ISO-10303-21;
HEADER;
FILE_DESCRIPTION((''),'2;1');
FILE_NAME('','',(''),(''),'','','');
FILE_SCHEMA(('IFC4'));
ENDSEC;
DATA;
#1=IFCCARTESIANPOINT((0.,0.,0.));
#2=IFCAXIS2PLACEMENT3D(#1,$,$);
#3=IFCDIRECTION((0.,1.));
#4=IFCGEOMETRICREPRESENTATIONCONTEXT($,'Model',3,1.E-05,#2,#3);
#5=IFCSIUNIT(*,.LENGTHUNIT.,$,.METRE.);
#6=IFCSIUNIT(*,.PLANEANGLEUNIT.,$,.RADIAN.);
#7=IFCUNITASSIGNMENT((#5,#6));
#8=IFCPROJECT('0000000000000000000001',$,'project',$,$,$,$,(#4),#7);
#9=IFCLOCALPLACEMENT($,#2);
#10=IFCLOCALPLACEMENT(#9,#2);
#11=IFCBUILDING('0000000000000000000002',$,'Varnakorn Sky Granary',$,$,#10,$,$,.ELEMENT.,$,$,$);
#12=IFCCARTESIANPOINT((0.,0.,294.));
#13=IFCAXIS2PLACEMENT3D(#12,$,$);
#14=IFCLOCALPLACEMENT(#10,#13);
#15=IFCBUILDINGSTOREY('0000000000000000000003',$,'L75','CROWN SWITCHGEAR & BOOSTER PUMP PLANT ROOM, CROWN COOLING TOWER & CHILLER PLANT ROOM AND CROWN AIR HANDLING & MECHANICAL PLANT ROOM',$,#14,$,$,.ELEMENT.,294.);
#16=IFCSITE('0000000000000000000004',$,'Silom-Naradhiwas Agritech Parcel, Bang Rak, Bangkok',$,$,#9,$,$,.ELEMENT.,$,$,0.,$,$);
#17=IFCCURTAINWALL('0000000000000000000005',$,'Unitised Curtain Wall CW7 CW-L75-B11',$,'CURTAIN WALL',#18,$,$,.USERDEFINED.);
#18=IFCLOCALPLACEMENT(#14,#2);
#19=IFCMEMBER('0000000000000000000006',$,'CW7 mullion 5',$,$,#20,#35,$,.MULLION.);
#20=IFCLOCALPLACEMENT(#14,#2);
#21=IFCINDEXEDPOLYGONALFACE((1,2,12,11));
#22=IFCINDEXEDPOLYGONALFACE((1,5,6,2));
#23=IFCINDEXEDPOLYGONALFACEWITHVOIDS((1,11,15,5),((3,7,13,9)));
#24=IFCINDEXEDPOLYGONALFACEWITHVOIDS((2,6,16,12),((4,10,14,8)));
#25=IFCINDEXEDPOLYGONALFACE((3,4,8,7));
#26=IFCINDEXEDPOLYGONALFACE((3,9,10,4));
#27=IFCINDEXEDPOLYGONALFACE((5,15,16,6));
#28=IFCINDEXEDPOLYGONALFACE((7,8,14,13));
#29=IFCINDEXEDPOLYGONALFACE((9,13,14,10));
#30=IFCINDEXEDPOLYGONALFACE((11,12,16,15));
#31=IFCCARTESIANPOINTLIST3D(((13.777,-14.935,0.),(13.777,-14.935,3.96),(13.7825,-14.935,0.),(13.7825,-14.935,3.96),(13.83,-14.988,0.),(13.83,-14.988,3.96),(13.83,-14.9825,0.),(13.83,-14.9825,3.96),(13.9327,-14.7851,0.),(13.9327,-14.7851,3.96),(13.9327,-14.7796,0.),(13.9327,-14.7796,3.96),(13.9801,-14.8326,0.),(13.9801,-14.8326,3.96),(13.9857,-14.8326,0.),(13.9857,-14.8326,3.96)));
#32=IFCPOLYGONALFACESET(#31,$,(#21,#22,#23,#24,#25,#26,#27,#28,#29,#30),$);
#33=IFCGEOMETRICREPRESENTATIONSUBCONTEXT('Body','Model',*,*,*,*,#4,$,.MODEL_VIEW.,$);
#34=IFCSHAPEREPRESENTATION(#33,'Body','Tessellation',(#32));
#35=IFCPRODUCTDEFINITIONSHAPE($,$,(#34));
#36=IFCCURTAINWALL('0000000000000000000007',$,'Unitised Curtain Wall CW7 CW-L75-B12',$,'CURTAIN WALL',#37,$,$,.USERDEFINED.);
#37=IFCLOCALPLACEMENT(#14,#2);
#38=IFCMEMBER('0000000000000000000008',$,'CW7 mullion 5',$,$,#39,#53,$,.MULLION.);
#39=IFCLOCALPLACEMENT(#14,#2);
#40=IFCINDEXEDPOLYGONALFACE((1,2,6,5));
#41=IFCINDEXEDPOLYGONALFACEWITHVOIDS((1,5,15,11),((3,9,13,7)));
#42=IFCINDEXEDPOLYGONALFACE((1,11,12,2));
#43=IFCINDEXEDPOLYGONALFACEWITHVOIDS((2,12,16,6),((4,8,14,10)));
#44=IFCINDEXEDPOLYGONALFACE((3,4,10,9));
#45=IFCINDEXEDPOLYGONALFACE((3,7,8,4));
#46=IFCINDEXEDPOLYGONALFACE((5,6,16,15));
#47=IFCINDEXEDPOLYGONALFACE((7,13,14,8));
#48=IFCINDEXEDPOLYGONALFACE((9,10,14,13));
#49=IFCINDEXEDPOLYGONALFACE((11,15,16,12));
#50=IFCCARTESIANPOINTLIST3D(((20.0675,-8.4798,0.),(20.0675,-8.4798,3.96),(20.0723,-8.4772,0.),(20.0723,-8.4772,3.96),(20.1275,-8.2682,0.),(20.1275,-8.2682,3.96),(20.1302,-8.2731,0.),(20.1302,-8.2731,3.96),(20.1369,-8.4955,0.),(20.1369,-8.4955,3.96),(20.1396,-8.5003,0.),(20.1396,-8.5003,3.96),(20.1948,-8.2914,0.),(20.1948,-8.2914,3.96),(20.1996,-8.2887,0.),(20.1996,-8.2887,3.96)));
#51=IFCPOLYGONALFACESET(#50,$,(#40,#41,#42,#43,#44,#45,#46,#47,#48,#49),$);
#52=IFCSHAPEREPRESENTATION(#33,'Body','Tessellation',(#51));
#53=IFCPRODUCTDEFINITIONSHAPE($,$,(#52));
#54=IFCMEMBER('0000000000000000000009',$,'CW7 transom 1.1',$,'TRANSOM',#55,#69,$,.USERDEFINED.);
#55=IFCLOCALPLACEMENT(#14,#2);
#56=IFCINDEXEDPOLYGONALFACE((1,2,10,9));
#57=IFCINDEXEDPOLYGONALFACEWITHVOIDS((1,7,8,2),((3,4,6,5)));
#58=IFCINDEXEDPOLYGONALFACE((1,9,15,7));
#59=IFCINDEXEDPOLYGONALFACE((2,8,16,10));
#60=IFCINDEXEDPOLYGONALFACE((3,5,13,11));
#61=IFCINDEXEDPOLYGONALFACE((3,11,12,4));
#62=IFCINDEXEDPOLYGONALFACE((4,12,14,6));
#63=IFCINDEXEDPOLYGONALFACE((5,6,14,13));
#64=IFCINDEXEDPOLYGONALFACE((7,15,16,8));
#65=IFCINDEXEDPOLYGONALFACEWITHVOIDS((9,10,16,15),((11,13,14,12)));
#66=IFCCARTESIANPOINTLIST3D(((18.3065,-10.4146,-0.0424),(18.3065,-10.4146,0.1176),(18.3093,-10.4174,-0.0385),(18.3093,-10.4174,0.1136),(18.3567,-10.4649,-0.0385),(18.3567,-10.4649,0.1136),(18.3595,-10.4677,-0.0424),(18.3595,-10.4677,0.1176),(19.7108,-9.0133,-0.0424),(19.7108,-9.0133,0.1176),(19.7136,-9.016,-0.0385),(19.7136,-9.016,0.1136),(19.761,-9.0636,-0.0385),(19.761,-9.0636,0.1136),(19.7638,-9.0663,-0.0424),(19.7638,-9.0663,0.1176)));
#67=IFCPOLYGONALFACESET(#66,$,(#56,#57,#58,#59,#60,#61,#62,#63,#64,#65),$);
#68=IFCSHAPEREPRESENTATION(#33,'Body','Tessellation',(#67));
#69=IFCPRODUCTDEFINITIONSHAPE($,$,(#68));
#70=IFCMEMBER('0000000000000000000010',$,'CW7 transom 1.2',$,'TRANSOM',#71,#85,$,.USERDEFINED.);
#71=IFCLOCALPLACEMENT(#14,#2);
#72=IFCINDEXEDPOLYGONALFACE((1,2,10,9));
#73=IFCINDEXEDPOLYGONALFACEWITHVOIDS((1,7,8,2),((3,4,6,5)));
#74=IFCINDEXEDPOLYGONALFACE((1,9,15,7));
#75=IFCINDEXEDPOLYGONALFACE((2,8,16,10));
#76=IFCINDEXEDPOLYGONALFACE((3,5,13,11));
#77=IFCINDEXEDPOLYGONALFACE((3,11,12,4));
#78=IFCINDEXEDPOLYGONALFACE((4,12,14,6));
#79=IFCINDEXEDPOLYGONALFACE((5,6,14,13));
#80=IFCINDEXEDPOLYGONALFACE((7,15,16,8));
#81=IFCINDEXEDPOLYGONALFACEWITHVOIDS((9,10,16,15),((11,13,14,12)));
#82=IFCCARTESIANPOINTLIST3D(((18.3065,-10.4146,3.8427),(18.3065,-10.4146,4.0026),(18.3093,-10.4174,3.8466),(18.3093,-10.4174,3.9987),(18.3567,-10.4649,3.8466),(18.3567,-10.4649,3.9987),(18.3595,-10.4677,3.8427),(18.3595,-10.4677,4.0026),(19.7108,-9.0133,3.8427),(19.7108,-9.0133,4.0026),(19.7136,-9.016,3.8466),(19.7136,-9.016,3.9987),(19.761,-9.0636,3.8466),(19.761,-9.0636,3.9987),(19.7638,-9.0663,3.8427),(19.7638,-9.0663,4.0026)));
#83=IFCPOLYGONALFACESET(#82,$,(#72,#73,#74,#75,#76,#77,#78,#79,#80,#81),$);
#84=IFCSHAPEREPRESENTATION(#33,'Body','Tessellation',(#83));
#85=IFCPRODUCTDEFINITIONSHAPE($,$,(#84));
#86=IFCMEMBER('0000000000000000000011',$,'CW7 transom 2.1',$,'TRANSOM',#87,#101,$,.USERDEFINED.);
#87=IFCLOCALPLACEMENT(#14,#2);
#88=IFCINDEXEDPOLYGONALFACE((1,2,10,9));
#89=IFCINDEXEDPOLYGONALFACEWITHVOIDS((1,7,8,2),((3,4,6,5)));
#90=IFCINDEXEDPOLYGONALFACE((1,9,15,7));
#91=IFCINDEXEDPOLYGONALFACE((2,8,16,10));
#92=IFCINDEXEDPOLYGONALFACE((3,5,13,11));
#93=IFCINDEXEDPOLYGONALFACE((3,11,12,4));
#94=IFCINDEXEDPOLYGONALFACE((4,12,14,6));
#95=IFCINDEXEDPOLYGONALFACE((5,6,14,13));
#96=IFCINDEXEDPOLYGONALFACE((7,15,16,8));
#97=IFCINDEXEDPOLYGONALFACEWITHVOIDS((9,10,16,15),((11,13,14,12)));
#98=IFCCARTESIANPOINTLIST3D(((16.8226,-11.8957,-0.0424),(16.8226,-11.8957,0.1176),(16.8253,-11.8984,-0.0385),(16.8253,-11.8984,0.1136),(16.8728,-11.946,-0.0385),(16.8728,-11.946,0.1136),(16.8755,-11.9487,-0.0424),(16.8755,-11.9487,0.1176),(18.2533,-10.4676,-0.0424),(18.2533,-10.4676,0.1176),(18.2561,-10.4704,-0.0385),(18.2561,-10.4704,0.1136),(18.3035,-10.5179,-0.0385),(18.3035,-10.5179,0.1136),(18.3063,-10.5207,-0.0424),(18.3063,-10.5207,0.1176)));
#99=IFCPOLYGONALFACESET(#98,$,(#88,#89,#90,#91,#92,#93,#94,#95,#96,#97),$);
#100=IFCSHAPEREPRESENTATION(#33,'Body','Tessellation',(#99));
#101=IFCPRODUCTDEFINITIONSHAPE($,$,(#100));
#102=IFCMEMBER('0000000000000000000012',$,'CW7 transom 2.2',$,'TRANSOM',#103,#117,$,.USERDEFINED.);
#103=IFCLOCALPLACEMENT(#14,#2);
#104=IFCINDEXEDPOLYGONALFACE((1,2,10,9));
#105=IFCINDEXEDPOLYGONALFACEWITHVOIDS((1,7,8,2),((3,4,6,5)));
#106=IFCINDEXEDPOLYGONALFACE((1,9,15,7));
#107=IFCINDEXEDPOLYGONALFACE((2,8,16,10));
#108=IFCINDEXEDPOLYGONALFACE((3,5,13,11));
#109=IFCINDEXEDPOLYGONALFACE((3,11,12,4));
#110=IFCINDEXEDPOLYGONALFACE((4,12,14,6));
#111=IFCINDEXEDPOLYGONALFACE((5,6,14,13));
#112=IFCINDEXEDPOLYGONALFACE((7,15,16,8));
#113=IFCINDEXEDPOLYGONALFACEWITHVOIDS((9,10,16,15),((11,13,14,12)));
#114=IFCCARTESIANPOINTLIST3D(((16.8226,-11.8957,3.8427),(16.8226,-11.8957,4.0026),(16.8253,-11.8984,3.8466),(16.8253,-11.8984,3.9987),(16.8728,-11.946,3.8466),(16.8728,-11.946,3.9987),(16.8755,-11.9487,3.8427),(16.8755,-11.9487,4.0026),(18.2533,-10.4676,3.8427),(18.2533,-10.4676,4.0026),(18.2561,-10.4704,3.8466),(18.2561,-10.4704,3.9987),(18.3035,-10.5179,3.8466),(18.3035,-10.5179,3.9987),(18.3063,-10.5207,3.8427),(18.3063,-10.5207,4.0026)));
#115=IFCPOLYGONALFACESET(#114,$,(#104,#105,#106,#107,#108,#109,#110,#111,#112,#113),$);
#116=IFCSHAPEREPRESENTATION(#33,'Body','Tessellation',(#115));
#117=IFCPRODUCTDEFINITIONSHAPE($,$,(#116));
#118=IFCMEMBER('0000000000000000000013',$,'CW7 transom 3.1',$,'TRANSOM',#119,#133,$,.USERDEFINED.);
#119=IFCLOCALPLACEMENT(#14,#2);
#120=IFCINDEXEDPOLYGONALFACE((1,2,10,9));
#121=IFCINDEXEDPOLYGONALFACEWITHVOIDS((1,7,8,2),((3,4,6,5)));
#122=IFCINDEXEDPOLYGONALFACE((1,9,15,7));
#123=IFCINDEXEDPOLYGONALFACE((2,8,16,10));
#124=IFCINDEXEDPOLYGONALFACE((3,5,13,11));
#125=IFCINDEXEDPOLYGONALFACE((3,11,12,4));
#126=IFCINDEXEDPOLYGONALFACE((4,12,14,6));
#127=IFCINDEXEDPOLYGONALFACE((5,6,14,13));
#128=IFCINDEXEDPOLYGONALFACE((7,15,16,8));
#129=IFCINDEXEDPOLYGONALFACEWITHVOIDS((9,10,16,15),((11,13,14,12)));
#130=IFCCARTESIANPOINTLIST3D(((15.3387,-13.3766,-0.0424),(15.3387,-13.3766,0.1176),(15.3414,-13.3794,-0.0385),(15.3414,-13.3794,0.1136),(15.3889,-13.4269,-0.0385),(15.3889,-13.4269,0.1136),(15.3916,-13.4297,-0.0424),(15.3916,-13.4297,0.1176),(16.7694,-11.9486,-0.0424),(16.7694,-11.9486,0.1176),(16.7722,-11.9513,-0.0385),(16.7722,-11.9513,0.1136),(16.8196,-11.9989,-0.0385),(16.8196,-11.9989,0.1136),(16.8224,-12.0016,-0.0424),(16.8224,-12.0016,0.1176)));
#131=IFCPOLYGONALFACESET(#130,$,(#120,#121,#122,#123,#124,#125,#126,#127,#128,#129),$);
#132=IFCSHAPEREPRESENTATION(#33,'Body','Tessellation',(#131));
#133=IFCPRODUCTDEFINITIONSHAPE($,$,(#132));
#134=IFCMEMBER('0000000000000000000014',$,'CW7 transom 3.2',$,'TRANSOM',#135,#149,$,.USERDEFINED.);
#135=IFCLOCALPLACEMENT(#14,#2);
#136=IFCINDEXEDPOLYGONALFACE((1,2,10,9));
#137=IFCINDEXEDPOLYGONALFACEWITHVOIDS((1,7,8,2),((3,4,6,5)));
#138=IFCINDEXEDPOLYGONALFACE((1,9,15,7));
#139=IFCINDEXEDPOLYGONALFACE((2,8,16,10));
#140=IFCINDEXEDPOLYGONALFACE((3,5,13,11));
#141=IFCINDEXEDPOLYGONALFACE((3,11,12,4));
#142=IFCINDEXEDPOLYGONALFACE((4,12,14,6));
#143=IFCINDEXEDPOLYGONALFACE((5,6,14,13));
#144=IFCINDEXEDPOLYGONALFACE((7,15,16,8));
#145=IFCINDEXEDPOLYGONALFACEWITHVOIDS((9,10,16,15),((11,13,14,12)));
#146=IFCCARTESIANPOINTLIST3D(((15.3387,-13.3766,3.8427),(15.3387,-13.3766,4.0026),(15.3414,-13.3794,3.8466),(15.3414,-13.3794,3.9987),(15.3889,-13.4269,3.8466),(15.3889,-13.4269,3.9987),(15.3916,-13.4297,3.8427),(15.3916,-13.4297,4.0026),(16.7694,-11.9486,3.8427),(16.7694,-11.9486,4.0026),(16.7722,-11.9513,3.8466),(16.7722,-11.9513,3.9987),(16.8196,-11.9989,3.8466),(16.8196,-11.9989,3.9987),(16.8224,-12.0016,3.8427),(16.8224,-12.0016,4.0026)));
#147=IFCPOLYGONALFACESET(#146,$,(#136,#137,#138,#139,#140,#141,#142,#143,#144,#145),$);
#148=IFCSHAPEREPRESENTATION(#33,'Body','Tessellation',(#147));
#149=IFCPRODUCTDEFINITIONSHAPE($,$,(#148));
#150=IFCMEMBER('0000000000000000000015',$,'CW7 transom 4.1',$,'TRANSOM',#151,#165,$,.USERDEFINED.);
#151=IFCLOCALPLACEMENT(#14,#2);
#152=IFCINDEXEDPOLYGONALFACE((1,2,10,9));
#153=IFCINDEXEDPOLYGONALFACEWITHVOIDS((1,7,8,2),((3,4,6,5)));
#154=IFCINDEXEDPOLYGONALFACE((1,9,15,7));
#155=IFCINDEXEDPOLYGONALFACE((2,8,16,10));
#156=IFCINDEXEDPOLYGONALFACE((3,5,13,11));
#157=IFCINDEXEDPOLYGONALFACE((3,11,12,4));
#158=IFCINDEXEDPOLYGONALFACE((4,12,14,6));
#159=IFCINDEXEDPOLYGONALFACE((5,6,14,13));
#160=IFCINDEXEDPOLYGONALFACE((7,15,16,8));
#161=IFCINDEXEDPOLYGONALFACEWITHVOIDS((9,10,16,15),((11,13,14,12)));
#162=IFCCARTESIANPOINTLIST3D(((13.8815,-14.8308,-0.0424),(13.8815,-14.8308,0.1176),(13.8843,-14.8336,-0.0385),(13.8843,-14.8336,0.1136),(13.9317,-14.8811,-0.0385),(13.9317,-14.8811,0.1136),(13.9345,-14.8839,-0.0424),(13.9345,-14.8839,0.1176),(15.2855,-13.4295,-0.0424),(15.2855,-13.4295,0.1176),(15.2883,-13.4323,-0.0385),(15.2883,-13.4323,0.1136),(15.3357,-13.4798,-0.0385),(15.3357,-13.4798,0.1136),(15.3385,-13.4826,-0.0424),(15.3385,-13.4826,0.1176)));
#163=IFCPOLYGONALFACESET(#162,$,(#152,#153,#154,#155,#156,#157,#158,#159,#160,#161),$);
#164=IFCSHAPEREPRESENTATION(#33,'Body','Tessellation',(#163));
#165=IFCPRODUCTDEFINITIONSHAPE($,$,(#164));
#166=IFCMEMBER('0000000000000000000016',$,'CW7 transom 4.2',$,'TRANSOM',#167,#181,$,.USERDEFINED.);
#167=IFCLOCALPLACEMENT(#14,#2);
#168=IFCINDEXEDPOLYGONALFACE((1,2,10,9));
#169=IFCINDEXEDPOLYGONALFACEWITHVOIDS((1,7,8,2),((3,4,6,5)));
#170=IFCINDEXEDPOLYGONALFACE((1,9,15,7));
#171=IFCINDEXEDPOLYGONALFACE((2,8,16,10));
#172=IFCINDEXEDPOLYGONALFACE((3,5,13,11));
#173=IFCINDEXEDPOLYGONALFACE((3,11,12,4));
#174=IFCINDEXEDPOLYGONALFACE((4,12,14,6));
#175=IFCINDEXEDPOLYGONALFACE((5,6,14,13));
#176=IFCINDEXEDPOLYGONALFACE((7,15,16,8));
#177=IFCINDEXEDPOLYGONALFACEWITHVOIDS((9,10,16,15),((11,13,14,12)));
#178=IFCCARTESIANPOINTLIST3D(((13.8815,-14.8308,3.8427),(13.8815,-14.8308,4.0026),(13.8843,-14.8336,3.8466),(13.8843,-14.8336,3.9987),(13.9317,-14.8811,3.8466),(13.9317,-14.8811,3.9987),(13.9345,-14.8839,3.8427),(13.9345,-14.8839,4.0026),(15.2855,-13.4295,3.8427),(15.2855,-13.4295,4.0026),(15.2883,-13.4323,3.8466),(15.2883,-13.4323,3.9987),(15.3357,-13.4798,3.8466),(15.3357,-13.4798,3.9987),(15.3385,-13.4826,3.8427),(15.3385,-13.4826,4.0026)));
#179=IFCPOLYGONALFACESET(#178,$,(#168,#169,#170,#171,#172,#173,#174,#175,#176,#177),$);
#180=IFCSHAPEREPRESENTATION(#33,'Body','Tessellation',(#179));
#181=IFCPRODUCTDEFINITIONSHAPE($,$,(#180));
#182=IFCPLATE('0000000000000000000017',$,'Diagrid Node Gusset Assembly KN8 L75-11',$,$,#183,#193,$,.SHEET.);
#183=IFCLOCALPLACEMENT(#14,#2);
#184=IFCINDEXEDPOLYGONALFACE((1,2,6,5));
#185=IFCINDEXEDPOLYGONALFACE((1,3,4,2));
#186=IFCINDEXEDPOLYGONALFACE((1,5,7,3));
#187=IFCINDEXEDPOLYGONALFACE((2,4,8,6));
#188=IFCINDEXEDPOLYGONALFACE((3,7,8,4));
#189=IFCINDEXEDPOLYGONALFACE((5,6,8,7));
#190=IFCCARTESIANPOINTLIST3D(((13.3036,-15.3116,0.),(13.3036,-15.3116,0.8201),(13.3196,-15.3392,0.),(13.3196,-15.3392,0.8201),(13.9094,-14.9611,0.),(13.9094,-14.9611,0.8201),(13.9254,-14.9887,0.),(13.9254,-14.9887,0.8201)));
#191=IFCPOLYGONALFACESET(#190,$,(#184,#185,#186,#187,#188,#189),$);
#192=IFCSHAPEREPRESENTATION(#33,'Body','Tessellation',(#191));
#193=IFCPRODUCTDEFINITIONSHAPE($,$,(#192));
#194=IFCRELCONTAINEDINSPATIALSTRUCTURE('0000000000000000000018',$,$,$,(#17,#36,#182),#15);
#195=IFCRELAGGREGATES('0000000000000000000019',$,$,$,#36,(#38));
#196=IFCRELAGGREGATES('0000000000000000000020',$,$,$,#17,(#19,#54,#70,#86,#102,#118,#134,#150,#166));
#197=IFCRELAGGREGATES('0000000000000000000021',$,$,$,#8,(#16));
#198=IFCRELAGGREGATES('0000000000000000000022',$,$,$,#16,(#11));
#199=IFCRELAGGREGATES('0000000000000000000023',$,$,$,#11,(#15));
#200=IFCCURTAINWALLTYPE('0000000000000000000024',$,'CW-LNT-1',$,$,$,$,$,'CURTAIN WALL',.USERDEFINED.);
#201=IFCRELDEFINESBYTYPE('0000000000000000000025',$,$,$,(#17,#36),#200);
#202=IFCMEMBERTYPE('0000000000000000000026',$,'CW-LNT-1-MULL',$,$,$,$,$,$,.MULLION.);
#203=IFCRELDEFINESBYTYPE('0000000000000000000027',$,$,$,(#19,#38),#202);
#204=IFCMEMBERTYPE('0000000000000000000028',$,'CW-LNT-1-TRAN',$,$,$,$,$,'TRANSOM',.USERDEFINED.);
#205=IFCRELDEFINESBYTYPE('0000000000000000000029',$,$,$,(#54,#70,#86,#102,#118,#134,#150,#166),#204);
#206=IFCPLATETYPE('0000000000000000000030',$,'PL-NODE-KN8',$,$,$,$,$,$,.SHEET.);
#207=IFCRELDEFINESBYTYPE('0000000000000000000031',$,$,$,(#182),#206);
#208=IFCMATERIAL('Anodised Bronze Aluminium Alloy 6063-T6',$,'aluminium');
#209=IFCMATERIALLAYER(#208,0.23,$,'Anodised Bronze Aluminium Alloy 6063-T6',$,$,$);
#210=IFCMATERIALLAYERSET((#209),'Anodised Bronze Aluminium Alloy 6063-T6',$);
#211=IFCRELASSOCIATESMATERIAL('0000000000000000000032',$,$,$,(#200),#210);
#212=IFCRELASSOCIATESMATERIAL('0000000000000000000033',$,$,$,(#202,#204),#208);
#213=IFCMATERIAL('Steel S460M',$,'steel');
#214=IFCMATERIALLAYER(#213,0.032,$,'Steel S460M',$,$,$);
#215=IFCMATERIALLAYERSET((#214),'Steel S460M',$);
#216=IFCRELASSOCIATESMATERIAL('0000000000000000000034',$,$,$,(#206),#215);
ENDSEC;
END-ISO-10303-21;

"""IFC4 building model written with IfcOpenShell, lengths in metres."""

from ifc_helpers import new_model, si_unit, direction, frame, origin, origin_2d, place, context, subcontext, project, spatial, rectangle, hollow_rectangle, extrude, material, layer, layer_set, material_profile, profile_set, type_object, element, aggregate, save


model = new_model("IFC4")

# Units and contexts
model_context = context("Model", 3, precision=1e-05, world=origin(), true_north=direction((0.0, 1.0)))
body_context = subcontext(model_context, "Body", "Model", "MODEL_VIEW")
ifc_project = project(units=[si_unit("LENGTHUNIT", "METRE"), si_unit("PLANEANGLEUNIT", "RADIAN")], contexts=[model_context])

# Site, building, storey
site_placement = place(None, origin())
site = spatial("IfcSite", under=ifc_project, at=site_placement, Name="Silom-Naradhiwas Agritech Parcel, Bang Rak, Bangkok", CompositionType="ELEMENT", RefElevation=0.0)
building_placement = place(site_placement, origin())
building = spatial("IfcBuilding", under=site, at=building_placement, Name="Varnakorn Sky Granary", CompositionType="ELEMENT")
storey_placement = place(building_placement, frame((0.0, 0.0, 294.0)))
storey = spatial("IfcBuildingStorey", under=building, at=storey_placement, Name="L75", Description="CROWN SWITCHGEAR & BOOSTER PUMP PLANT ROOM, CROWN COOLING TOWER & CHILLER PLANT ROOM AND CROWN AIR HANDLING & MECHANICAL PLANT ROOM", CompositionType="ELEMENT", Elevation=294.0)

# Shared definitions
ifc_material_1 = material(Name="Steel S460M", Category="steel")

# Curtain wall, member
ifc_material_2 = material(Name="Anodised Bronze Aluminium Alloy 6063-T6", Category="aluminium")
ifc_layer_1 = layer(ifc_material_2, 0.23, Name="Anodised Bronze Aluminium Alloy 6063-T6")
ifc_layer_set_1 = layer_set([ifc_layer_1], Name="Anodised Bronze Aluminium Alloy 6063-T6")
curtain_wall_type = type_object("IfcCurtainWallType", Name="CW-LNT-1", ElementType="CURTAIN WALL", PredefinedType="USERDEFINED", material=ifc_layer_set_1)
curtain_wall_1_placement = place(storey_placement, origin())
curtain_wall_1 = element("IfcCurtainWall", 1, at=curtain_wall_1_placement, inside=storey, type_object=curtain_wall_type, Name="Unitised Curtain Wall CW7 CW-L75-B11", ObjectType="CURTAIN WALL", PredefinedType="USERDEFINED")
ifc_material_profile_1 = material_profile(ifc_material_2, hollow_rectangle(XDim=0.075, YDim=0.22, WallThickness=0.0039, at=origin_2d()), Name="ALU MULL 75x220")
ifc_profile_set_1 = profile_set([ifc_material_profile_1], Name="Anodised Bronze Aluminium Alloy 6063-T6")
member_type_1 = type_object("IfcMemberType", Name="CW-LNT-1-MULL", PredefinedType="MULLION", material=ifc_profile_set_1)
member_1_placement = place(storey_placement, frame((13.8813, -14.8838, 0.0), z_axis=(0.0, 0.0, 1.0), x_axis=(0.706397, -0.707816, 0.0)))
member_1 = element("IfcMember", 2, at=member_1_placement, type_object=member_type_1, Name="CW7 mullion 5", PredefinedType="MULLION", context=body_context, shape_type="SweptSolid", body=[
    extrude(hollow_rectangle(XDim=0.075, YDim=0.22, WallThickness=0.0039, at=origin_2d()), origin(), (0.0, 0.0, 1.0), 3.96),
])

# Curtain wall, member
curtain_wall_2_placement = place(storey_placement, origin())
curtain_wall_2 = element("IfcCurtainWall", 3, at=curtain_wall_2_placement, inside=storey, type_object=curtain_wall_type, Name="Unitised Curtain Wall CW7 CW-L75-B12", ObjectType="CURTAIN WALL", PredefinedType="USERDEFINED")
member_2_placement = place(storey_placement, frame((20.1335, -8.3843, 0.0), z_axis=(0.0, 0.0, 1.0), x_axis=(0.961978, -0.273126, 0.0)))
member_2 = element("IfcMember", 4, at=member_2_placement, type_object=member_type_1, Name="CW7 mullion 5", PredefinedType="MULLION", context=body_context, shape_type="SweptSolid", body=[
    extrude(hollow_rectangle(XDim=0.075, YDim=0.22, WallThickness=0.0039, at=origin_2d()), origin(), (0.0, 0.0, 1.0), 3.96),
])
aggregate(curtain_wall_2, [member_2])

# Members
ifc_material_profile_2 = material_profile(ifc_material_2, hollow_rectangle(XDim=0.075, YDim=0.1599, WallThickness=0.0039, at=origin_2d()), Name="ALU TRAN 75x160")
ifc_profile_set_2 = profile_set([ifc_material_profile_2], Name="Anodised Bronze Aluminium Alloy 6063-T6")
member_type_2 = type_object("IfcMemberType", Name="CW-LNT-1-TRAN", ElementType="TRANSOM", PredefinedType="USERDEFINED", material=ifc_profile_set_2)
member_3_placement = place(storey_placement, frame((19.7373, -9.0398, 0.0376), z_axis=(-0.707845, -0.706368, 0.0), x_axis=(0.706368, -0.707845, 0.0)))
member_3 = element("IfcMember", 5, at=member_3_placement, type_object=member_type_2, Name="CW7 transom 1.1", ObjectType="TRANSOM", PredefinedType="USERDEFINED", context=body_context, shape_type="SweptSolid", body=[
    extrude(hollow_rectangle(XDim=0.075, YDim=0.1599, WallThickness=0.0039, at=origin_2d()), origin(), (0.0, 0.0, 1.0), 1.9839),
])
member_4_placement = place(storey_placement, frame((19.7373, -9.0398, 3.9226), z_axis=(-0.707845, -0.706368, 0.0), x_axis=(0.706368, -0.707845, 0.0)))
member_4 = element("IfcMember", 6, at=member_4_placement, type_object=member_type_2, Name="CW7 transom 1.2", ObjectType="TRANSOM", PredefinedType="USERDEFINED", context=body_context, shape_type="SweptSolid", body=[
    extrude(hollow_rectangle(XDim=0.075, YDim=0.1599, WallThickness=0.0039, at=origin_2d()), origin(), (0.0, 0.0, 1.0), 1.9839),
])
member_5_placement = place(storey_placement, frame((18.2798, -10.4941, 0.0376), z_axis=(-0.707771, -0.706442, 0.0), x_axis=(0.706442, -0.707771, 0.0)))
member_5 = element("IfcMember", 7, at=member_5_placement, type_object=member_type_2, Name="CW7 transom 2.1", ObjectType="TRANSOM", PredefinedType="USERDEFINED", context=body_context, shape_type="SweptSolid", body=[
    extrude(hollow_rectangle(XDim=0.075, YDim=0.1599, WallThickness=0.0039, at=origin_2d()), origin(), (0.0, 0.0, 1.0), 2.0215),
])
member_6_placement = place(storey_placement, frame((18.2798, -10.4941, 3.9226), z_axis=(-0.707771, -0.706442, 0.0), x_axis=(0.706442, -0.707771, 0.0)))
member_6 = element("IfcMember", 8, at=member_6_placement, type_object=member_type_2, Name="CW7 transom 2.2", ObjectType="TRANSOM", PredefinedType="USERDEFINED", context=body_context, shape_type="SweptSolid", body=[
    extrude(hollow_rectangle(XDim=0.075, YDim=0.1599, WallThickness=0.0039, at=origin_2d()), origin(), (0.0, 0.0, 1.0), 2.0215),
])
member_7_placement = place(storey_placement, frame((16.7959, -11.9751, 0.0376), z_axis=(-0.707771, -0.706442, 0.0), x_axis=(0.706442, -0.707771, 0.0)))
member_7 = element("IfcMember", 9, at=member_7_placement, type_object=member_type_2, Name="CW7 transom 3.1", ObjectType="TRANSOM", PredefinedType="USERDEFINED", context=body_context, shape_type="SweptSolid", body=[
    extrude(hollow_rectangle(XDim=0.075, YDim=0.1599, WallThickness=0.0039, at=origin_2d()), origin(), (0.0, 0.0, 1.0), 2.0215),
])
member_8_placement = place(storey_placement, frame((16.7959, -11.9751, 3.9226), z_axis=(-0.707771, -0.706442, 0.0), x_axis=(0.706442, -0.707771, 0.0)))
member_8 = element("IfcMember", 10, at=member_8_placement, type_object=member_type_2, Name="CW7 transom 3.2", ObjectType="TRANSOM", PredefinedType="USERDEFINED", context=body_context, shape_type="SweptSolid", body=[
    extrude(hollow_rectangle(XDim=0.075, YDim=0.1599, WallThickness=0.0039, at=origin_2d()), origin(), (0.0, 0.0, 1.0), 2.0215),
])
member_9_placement = place(storey_placement, frame((15.312, -13.4561, 0.0376), z_axis=(-0.707783, -0.70643, 0.0), x_axis=(0.70643, -0.707783, 0.0)))
member_9 = element("IfcMember", 11, at=member_9_placement, type_object=member_type_2, Name="CW7 transom 4.1", ObjectType="TRANSOM", PredefinedType="USERDEFINED", context=body_context, shape_type="SweptSolid", body=[
    extrude(hollow_rectangle(XDim=0.075, YDim=0.1599, WallThickness=0.0039, at=origin_2d()), origin(), (0.0, 0.0, 1.0), 1.9836),
])
member_10_placement = place(storey_placement, frame((15.312, -13.4561, 3.9226), z_axis=(-0.707783, -0.70643, 0.0), x_axis=(0.70643, -0.707783, 0.0)))
member_10 = element("IfcMember", 12, at=member_10_placement, type_object=member_type_2, Name="CW7 transom 4.2", ObjectType="TRANSOM", PredefinedType="USERDEFINED", context=body_context, shape_type="SweptSolid", body=[
    extrude(hollow_rectangle(XDim=0.075, YDim=0.1599, WallThickness=0.0039, at=origin_2d()), origin(), (0.0, 0.0, 1.0), 1.9836),
])

# Plate
ifc_layer_2 = layer(ifc_material_1, 0.032, Name="Steel S460M")
ifc_layer_set_2 = layer_set([ifc_layer_2], Name="Steel S460M")
plate_type_1 = type_object("IfcPlateType", Name="PL-NODE-KN8", PredefinedType="SHEET", material=ifc_layer_set_2)
plate_1_placement = place(storey_placement, frame((13.6145, -15.1501, 0.0), z_axis=(0.0, 0.0, 1.0), x_axis=(0.865591, 0.500751, 0.0)))
element("IfcPlate", 13, at=plate_1_placement, inside=storey, type_object=plate_type_1, Name="Diagrid Node Gusset Assembly KN8 L75-11", PredefinedType="SHEET", context=body_context, shape_type="SweptSolid", body=[
    extrude(rectangle(XDim=0.7, YDim=0.032, at=origin_2d()), origin(), (0.0, 0.0, 1.0), 0.8201),
])
aggregate(curtain_wall_1, [member_1, member_3, member_4, member_5, member_6, member_7, member_8, member_9, member_10])

save(model, "model.ifc")
